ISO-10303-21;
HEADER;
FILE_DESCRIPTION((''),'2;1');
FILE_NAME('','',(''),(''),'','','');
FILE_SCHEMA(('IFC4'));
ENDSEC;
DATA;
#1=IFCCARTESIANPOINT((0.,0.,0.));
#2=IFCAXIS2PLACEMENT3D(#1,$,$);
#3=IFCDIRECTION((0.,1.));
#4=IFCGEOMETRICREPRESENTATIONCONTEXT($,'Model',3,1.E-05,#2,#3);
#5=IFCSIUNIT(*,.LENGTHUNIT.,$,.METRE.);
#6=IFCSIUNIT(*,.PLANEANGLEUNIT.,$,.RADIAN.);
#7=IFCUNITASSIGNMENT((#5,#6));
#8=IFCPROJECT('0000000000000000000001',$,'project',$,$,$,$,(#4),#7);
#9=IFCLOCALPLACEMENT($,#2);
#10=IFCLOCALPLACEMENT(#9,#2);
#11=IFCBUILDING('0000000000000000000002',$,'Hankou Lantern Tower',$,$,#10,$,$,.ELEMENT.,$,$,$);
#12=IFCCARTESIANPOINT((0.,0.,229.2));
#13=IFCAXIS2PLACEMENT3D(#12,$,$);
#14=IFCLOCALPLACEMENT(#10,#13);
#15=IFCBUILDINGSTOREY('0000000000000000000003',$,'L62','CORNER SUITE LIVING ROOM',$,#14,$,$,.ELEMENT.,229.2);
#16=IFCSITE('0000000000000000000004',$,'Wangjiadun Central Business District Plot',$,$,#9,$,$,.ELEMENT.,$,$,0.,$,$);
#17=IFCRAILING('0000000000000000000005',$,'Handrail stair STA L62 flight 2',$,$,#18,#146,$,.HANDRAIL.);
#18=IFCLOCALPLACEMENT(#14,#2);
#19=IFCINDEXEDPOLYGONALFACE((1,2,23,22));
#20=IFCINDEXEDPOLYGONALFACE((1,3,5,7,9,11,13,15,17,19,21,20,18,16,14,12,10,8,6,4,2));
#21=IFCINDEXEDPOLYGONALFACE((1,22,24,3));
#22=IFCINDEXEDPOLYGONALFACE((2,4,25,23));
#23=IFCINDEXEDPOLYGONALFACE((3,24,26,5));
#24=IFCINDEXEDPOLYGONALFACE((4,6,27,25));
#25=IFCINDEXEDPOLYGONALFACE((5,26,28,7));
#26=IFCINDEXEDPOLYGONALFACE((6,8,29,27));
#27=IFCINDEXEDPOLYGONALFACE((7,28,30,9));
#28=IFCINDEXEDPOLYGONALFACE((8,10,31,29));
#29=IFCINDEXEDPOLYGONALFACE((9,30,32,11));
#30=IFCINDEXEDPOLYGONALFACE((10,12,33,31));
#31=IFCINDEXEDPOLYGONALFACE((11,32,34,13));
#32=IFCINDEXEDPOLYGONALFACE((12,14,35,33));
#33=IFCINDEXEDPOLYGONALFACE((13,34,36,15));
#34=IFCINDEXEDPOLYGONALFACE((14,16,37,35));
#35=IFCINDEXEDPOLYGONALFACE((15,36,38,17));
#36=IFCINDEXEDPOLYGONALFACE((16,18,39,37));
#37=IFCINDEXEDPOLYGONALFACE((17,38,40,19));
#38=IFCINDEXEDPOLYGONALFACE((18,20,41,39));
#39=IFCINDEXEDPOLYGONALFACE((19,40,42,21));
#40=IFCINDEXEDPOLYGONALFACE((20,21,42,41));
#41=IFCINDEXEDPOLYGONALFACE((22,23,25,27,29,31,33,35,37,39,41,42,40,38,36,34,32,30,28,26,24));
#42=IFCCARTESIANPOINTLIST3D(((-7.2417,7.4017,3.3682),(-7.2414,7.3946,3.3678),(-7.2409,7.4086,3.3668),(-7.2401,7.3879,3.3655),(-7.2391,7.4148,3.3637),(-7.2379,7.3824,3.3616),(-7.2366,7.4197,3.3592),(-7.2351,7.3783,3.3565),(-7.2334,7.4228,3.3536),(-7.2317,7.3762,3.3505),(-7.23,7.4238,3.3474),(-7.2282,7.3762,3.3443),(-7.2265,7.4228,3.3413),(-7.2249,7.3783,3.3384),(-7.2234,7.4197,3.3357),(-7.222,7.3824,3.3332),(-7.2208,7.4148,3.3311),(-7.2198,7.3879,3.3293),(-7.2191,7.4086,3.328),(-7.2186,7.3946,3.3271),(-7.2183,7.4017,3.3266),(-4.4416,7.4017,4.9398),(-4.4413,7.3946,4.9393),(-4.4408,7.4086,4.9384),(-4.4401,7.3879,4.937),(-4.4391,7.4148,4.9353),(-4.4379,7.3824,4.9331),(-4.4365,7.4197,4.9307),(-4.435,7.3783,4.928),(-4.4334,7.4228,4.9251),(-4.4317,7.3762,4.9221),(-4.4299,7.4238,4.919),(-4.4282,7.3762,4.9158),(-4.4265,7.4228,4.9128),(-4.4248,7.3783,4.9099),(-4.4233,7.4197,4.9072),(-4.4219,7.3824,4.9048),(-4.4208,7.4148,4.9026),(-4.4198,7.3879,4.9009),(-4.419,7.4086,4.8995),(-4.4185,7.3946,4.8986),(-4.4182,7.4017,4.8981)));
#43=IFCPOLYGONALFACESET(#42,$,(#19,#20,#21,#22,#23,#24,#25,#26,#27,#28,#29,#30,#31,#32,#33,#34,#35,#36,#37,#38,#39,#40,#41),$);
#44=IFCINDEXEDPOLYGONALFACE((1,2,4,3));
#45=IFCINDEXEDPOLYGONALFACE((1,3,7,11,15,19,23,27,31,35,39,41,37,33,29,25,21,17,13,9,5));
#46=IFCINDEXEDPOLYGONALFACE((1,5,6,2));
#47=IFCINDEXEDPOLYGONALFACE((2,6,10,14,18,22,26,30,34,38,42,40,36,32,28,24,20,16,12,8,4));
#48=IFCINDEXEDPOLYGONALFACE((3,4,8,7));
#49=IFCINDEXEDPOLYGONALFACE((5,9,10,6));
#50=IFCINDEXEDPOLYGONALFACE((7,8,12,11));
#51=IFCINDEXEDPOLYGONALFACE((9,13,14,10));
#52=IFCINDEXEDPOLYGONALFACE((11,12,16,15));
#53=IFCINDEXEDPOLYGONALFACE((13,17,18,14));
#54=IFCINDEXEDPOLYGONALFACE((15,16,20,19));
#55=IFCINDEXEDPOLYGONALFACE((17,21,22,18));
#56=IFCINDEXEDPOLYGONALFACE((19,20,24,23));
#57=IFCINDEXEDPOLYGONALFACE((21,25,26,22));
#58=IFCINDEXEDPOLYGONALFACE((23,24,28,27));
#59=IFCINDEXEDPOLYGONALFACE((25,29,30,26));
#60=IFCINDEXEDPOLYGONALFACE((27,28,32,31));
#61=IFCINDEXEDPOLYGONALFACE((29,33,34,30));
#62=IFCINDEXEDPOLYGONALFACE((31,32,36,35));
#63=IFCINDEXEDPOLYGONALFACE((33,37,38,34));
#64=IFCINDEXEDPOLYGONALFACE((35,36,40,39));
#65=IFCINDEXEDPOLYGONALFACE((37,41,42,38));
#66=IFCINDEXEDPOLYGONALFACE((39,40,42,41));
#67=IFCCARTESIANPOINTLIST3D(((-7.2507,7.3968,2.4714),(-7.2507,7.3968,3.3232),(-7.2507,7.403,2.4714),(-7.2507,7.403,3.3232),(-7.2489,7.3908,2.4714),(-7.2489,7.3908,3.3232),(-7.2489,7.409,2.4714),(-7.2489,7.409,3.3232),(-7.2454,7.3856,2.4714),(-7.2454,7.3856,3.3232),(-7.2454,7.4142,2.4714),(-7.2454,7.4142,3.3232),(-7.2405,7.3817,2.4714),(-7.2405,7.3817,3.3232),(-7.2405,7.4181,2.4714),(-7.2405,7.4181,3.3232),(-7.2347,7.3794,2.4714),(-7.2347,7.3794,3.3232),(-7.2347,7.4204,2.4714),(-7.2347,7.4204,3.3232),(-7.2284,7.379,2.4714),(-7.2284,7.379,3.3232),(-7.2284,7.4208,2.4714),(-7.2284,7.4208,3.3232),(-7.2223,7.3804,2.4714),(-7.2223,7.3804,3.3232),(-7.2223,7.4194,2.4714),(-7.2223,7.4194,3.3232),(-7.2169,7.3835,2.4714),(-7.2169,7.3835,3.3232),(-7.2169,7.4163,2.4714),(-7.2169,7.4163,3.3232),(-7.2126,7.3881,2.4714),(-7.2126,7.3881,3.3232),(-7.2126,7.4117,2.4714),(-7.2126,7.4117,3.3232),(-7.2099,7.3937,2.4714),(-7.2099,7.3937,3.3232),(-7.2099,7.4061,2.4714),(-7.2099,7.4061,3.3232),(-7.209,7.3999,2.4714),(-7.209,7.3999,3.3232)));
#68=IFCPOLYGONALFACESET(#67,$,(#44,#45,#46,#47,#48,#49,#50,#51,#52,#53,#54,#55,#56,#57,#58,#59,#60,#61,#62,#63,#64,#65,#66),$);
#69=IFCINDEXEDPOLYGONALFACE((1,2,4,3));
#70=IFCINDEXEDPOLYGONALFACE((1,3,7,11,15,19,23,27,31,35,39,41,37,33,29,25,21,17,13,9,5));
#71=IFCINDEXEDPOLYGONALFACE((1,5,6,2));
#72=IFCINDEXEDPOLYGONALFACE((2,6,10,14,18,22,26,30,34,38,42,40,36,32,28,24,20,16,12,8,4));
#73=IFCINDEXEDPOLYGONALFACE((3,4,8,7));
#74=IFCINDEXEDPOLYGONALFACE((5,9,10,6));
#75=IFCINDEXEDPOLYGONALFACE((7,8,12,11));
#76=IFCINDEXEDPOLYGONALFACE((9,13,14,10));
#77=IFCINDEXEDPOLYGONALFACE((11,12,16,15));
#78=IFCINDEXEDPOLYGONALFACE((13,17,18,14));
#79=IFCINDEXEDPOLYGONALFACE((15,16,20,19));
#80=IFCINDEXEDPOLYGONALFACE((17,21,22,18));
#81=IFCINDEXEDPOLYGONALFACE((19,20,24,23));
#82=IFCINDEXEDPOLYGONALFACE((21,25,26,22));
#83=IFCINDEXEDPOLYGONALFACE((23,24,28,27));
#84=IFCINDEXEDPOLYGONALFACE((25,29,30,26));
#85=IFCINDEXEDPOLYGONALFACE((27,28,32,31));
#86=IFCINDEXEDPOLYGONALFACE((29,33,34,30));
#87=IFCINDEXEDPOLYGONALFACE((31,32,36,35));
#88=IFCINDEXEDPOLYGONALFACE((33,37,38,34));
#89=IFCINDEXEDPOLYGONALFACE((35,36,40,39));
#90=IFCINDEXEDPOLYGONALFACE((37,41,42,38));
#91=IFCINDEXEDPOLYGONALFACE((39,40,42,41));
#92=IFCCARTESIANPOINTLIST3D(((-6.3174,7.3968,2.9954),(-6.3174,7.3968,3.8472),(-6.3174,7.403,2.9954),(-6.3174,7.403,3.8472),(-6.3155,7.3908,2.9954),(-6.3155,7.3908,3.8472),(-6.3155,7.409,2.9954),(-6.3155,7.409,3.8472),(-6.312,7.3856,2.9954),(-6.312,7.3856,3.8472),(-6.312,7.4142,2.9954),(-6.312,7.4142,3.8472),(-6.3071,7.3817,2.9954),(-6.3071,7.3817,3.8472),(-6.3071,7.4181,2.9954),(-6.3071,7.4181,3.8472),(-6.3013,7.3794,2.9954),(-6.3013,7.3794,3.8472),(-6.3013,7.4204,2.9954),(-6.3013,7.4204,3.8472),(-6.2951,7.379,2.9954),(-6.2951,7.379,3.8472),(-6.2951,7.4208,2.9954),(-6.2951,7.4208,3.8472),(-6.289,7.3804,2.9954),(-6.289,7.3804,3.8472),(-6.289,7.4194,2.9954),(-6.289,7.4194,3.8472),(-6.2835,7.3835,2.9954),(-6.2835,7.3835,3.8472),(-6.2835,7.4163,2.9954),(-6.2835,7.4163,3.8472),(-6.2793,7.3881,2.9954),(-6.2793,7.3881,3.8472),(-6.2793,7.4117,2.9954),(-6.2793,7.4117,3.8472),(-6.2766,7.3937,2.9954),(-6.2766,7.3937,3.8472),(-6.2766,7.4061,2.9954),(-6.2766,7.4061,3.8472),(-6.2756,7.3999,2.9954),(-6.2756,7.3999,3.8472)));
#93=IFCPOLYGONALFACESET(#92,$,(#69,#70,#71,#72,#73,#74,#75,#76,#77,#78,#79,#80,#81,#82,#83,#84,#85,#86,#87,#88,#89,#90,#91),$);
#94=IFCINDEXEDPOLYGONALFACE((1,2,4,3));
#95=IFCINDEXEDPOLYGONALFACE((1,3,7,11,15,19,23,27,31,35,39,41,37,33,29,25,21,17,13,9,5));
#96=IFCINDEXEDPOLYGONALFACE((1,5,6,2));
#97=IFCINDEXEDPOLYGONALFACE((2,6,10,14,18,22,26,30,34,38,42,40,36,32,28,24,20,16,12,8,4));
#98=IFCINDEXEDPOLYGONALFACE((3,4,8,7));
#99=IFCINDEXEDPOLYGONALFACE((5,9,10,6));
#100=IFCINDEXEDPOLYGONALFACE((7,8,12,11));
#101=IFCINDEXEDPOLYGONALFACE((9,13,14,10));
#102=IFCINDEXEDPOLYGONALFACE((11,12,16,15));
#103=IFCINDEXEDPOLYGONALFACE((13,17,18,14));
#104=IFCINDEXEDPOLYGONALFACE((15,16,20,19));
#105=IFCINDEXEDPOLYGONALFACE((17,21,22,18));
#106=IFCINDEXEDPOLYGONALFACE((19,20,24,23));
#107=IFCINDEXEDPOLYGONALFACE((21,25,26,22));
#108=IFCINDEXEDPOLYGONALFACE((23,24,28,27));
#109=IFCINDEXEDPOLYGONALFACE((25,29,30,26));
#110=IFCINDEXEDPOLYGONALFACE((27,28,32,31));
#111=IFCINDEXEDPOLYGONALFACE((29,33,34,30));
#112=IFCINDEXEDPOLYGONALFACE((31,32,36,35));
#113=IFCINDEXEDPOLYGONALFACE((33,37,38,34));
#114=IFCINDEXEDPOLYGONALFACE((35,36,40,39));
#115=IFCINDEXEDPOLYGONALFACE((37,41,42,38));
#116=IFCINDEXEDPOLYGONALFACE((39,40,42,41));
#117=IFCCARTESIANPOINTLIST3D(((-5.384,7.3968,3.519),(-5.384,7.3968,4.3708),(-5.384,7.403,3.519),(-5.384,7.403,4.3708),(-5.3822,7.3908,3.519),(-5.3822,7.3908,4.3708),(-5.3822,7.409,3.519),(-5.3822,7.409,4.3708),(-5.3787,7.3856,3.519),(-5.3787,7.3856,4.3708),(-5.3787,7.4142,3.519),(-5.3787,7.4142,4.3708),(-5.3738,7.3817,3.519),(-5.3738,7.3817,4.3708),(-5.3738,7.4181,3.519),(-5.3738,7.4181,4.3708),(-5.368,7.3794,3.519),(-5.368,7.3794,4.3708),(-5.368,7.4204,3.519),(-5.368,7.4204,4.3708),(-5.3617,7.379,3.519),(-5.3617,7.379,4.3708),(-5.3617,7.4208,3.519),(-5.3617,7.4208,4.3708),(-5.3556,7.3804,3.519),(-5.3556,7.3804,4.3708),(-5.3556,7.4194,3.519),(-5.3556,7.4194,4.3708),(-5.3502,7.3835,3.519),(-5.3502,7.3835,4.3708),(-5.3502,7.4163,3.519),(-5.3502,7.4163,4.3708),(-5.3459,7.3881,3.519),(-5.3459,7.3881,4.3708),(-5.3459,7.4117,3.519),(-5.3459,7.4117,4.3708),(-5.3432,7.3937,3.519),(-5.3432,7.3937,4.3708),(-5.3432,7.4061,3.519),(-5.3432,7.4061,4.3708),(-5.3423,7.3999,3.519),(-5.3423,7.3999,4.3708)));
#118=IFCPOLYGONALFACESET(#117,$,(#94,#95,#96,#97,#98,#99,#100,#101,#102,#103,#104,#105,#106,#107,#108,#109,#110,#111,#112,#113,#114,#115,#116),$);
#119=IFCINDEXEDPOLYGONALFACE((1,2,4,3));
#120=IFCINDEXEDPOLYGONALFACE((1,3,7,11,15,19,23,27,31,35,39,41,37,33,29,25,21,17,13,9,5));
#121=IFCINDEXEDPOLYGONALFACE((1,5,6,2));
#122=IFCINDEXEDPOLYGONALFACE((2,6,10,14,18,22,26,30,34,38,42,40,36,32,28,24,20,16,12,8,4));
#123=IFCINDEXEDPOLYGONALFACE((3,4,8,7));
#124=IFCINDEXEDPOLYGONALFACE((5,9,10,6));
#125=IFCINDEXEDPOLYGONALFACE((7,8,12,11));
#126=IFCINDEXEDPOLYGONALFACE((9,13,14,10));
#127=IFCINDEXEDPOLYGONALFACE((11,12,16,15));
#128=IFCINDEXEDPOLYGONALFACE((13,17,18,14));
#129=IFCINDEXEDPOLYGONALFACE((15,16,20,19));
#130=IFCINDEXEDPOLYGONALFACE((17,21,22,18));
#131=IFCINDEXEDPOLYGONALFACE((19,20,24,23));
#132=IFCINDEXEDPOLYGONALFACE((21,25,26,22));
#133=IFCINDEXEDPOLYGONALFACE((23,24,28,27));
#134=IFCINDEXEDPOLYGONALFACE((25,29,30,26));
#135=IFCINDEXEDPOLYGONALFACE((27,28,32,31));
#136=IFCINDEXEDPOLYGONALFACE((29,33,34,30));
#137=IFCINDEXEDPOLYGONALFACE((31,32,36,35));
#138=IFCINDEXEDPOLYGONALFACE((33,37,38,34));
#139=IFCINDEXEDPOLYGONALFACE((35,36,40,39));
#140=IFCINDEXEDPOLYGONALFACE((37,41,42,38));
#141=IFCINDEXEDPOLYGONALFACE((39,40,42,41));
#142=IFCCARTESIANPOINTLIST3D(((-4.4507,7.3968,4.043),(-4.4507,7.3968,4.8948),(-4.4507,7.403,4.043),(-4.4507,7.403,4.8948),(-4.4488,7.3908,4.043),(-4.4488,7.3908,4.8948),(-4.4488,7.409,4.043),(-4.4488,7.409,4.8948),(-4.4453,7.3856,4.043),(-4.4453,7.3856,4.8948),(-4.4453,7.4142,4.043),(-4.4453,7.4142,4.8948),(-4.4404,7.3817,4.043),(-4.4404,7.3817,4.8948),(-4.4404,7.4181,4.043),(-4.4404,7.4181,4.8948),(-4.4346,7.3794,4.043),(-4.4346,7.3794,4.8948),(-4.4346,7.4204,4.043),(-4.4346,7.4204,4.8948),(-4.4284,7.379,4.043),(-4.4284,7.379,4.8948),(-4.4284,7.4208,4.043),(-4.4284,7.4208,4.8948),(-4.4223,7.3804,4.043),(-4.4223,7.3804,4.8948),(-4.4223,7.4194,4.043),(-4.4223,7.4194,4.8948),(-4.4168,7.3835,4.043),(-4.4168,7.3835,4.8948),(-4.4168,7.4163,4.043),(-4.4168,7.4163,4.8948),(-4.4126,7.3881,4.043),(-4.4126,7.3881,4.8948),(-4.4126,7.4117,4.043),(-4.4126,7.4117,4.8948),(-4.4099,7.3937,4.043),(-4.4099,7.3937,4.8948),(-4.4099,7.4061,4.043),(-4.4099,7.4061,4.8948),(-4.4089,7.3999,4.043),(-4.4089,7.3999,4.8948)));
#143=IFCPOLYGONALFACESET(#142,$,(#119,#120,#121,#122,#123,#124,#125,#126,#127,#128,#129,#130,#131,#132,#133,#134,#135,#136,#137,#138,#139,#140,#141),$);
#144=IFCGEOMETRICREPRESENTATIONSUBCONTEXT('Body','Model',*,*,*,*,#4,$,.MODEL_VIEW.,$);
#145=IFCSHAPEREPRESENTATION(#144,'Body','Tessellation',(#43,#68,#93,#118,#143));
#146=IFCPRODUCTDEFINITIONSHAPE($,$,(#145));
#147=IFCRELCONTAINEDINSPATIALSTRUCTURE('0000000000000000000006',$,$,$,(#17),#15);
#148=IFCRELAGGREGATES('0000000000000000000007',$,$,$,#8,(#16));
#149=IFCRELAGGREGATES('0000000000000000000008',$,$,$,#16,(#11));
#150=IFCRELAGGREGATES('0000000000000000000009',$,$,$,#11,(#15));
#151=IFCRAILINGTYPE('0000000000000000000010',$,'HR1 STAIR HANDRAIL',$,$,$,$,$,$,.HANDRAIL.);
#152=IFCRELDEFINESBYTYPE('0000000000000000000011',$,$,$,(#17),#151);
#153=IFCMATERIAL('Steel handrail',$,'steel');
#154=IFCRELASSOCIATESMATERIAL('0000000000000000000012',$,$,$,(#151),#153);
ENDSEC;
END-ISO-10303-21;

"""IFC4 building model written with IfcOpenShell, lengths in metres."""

from ifc_helpers import new_model, si_unit, direction, frame, origin, origin_2d, place, context, subcontext, project, spatial, circle, extrude, material, type_object, element, save


model = new_model("IFC4")

# Units and contexts
model_context = context("Model", 3, precision=1e-05, world=origin(), true_north=direction((0.0, 1.0)))
body_context = subcontext(model_context, "Body", "Model", "MODEL_VIEW")
ifc_project = project(units=[si_unit("LENGTHUNIT", "METRE"), si_unit("PLANEANGLEUNIT", "RADIAN")], contexts=[model_context])

# Site, building, storey
site_placement = place(None, origin())
site = spatial("IfcSite", under=ifc_project, at=site_placement, Name="Wangjiadun Central Business District Plot", CompositionType="ELEMENT", RefElevation=0.0)
building_placement = place(site_placement, origin())
building = spatial("IfcBuilding", under=site, at=building_placement, Name="Hankou Lantern Tower", CompositionType="ELEMENT")
storey_placement = place(building_placement, frame((0.0, 0.0, 229.2)))
storey = spatial("IfcBuildingStorey", under=building, at=storey_placement, Name="L62", Description="CORNER SUITE LIVING ROOM", CompositionType="ELEMENT", Elevation=229.2)

# Railing
ifc_material_1 = material(Name="Steel handrail", Category="steel")
railing_type = type_object("IfcRailingType", Name="HR1 STAIR HANDRAIL", PredefinedType="HANDRAIL", material=ifc_material_1)
railing_1_placement = place(storey_placement, frame((-7.23, 7.3999, 2.4714)))
element("IfcRailing", 1, at=railing_1_placement, inside=storey, type_object=railing_type, Name="Handrail stair STA L62 flight 2", PredefinedType="HANDRAIL", context=body_context, shape_type="SweptSolid", body=[
    extrude(circle(Radius=0.0239, at=origin_2d()), frame((0.0, 0.0, 0.876), z_axis=(0.87204, 0.0, 0.489434), x_axis=(0.0, 1.0, 0.0)), (0.0, 0.0, 1.0), 3.2109),
    extrude(circle(Radius=0.021, at=origin_2d()), origin(), (0.0, 0.0, 1.0), 0.8518),
    extrude(circle(Radius=0.021, at=origin_2d()), frame((0.9333, 0.0, 0.5239)), (0.0, 0.0, 1.0), 0.8518),
    extrude(circle(Radius=0.021, at=origin_2d()), frame((1.8667, 0.0, 1.0476)), (0.0, 0.0, 1.0), 0.8518),
    extrude(circle(Radius=0.021, at=origin_2d()), frame((2.8, 0.0, 1.5715)), (0.0, 0.0, 1.0), 0.8518),
])

save(model, "model.ifc")
